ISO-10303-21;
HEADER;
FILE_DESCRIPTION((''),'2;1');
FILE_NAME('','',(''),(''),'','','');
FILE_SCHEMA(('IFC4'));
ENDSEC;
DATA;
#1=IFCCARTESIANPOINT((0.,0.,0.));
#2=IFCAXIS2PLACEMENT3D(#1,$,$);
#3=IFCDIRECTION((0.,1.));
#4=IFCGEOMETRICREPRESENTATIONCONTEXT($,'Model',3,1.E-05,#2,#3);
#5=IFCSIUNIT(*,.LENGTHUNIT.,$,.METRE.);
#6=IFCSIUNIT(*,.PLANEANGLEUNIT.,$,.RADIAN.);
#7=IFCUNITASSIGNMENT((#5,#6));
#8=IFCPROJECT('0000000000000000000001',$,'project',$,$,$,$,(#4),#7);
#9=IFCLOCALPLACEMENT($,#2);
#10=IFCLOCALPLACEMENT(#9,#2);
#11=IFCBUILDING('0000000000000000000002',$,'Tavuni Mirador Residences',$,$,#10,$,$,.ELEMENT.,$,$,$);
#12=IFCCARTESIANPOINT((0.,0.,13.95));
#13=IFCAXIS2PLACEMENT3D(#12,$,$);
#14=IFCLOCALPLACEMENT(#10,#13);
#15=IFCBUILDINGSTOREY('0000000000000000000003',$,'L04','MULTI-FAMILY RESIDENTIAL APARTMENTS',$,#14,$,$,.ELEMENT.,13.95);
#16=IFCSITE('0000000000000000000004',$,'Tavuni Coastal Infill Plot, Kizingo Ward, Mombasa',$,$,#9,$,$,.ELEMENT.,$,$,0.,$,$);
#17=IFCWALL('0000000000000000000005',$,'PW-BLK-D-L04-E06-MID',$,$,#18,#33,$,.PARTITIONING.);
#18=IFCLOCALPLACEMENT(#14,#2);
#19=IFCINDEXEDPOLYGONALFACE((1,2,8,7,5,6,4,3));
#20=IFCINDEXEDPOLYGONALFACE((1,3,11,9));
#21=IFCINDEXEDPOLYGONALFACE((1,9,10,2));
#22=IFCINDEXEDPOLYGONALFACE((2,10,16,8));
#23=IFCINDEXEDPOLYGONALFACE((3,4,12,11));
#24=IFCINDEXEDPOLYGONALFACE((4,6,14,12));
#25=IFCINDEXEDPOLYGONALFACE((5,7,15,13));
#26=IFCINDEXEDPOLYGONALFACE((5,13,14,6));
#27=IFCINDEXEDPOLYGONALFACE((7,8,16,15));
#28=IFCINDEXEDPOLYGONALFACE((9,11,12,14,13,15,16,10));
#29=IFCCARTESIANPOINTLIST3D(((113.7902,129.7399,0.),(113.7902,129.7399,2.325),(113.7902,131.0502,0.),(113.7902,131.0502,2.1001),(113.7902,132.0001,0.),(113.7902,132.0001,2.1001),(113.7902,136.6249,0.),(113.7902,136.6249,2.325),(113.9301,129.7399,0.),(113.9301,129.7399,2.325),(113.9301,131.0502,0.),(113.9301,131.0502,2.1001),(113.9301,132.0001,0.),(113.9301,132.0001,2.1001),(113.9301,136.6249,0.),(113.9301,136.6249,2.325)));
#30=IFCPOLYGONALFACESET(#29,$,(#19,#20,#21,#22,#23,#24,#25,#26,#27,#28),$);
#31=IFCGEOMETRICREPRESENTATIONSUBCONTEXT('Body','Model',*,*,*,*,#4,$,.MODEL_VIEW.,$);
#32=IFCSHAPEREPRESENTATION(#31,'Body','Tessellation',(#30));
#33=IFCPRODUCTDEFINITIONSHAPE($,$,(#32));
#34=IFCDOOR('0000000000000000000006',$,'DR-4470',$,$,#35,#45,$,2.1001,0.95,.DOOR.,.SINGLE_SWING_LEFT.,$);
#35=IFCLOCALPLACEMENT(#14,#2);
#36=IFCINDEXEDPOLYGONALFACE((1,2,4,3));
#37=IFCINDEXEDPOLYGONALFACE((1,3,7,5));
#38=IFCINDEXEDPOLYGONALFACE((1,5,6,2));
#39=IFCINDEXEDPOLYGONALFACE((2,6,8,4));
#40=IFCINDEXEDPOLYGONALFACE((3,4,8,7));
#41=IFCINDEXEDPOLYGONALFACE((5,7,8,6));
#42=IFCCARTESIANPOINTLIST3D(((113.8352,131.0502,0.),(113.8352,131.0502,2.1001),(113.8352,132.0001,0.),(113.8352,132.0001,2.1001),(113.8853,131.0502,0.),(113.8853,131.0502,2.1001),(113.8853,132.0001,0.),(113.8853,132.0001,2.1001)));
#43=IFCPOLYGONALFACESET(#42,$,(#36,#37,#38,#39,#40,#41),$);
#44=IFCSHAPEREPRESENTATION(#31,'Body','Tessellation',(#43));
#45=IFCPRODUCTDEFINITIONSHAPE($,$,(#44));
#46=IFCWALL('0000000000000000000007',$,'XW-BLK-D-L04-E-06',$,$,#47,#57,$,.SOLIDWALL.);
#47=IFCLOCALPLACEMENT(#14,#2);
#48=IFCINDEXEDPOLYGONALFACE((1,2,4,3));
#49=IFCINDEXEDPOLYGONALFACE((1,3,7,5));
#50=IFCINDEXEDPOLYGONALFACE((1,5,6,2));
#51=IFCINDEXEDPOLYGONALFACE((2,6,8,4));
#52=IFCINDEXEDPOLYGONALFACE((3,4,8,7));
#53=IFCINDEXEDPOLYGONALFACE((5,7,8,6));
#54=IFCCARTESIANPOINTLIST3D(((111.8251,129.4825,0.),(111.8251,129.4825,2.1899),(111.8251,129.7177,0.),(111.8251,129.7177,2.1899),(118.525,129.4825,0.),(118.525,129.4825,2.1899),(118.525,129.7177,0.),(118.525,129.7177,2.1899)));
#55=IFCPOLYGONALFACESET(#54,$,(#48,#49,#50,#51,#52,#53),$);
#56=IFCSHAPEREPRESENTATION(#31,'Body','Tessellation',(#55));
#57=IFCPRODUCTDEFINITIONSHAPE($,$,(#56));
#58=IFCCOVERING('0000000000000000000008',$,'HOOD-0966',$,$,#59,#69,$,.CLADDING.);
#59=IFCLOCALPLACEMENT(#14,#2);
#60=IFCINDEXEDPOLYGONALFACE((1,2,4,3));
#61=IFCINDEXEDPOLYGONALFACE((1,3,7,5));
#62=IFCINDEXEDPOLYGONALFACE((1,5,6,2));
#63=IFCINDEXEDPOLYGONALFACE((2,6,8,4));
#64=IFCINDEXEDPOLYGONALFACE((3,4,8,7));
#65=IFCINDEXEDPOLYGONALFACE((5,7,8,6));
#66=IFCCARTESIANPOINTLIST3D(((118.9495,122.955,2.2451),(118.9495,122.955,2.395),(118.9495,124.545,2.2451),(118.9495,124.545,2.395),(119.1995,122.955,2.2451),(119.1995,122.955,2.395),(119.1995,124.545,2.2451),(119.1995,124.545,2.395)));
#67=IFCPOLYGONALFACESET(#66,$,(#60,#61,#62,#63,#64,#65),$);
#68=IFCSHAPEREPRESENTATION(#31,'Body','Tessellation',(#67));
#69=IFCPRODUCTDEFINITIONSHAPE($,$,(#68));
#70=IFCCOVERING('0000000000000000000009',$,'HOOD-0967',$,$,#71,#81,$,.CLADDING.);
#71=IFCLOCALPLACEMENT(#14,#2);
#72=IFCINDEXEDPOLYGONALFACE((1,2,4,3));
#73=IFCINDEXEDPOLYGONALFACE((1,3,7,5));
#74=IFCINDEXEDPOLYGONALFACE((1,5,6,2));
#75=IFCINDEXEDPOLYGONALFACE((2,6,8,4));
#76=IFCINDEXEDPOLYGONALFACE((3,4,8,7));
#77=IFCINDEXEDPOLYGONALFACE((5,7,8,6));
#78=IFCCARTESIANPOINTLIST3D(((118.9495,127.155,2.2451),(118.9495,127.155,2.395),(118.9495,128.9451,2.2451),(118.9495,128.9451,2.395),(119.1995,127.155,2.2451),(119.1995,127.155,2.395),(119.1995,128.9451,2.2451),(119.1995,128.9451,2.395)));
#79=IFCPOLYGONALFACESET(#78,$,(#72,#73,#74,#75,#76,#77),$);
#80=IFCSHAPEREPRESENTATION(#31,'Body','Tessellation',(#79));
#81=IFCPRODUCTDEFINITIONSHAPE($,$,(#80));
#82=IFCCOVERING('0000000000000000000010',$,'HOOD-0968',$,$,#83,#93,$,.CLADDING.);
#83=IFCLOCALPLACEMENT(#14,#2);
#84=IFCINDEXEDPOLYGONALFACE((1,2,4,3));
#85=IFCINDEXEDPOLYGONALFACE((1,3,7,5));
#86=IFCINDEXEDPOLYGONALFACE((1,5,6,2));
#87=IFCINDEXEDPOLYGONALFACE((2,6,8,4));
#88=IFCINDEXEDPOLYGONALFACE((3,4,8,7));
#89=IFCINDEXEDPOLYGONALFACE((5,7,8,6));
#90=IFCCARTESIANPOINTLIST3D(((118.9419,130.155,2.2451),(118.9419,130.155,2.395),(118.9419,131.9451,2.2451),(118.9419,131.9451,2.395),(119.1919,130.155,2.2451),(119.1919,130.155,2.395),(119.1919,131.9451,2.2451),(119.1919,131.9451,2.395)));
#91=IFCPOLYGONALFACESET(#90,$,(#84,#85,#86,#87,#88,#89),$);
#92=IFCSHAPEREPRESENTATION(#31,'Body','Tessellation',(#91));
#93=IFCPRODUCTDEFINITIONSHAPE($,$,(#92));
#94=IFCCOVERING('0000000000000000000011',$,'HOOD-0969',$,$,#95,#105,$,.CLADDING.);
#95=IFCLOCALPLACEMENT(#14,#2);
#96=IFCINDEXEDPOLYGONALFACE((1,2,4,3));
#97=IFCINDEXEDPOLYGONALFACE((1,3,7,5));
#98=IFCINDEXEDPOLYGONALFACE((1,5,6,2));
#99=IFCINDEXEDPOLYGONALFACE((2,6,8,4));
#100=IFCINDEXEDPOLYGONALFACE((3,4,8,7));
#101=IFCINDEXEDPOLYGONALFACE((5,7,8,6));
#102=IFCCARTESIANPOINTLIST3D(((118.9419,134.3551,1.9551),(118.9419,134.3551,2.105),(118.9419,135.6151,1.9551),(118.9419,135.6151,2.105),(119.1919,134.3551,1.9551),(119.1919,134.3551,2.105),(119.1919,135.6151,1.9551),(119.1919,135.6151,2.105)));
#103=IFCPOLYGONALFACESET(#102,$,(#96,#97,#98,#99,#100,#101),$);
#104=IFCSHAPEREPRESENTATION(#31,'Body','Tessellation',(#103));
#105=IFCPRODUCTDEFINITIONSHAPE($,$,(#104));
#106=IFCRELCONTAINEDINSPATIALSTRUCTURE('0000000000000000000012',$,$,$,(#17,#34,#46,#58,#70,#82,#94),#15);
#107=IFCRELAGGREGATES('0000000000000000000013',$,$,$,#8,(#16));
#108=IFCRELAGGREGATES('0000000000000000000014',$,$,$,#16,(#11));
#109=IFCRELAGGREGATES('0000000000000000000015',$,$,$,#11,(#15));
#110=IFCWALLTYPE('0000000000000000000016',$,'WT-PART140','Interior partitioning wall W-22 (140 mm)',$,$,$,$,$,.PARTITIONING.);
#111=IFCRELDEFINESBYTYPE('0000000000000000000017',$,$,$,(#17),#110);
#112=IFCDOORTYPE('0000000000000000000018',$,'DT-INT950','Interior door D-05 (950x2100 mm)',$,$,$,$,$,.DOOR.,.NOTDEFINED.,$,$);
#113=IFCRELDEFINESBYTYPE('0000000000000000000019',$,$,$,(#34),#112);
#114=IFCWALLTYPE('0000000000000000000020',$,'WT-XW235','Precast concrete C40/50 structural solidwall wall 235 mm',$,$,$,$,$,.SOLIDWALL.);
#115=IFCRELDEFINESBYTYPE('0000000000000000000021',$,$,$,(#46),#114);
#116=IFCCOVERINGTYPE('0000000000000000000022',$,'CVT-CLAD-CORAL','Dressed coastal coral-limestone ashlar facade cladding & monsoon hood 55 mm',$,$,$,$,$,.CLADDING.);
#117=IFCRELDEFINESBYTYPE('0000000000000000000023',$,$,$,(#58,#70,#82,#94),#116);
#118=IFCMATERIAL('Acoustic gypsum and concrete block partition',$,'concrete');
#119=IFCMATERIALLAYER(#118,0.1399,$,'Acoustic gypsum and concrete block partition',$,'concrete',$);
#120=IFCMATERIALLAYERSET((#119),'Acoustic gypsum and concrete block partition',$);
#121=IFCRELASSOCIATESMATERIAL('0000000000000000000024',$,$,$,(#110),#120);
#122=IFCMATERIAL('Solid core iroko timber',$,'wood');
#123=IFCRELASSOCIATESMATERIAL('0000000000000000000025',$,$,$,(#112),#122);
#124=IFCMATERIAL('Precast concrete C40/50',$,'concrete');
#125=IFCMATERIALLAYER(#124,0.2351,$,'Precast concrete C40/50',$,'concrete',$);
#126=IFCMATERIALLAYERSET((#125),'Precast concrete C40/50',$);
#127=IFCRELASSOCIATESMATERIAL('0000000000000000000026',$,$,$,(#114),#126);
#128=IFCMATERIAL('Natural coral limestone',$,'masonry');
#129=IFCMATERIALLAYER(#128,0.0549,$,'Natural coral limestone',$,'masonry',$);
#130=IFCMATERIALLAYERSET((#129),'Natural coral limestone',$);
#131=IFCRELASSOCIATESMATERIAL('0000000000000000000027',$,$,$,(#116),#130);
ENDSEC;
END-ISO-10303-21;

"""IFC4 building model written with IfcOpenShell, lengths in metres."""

from ifc_helpers import new_model, si_unit, direction, frame, frame_2d, origin, origin_2d, place, context, subcontext, project, spatial, rectangle, extrude, material, layer, layer_set, type_object, element, fill, save


model = new_model("IFC4")

# Units and contexts
model_context = context("Model", 3, precision=1e-05, world=origin(), true_north=direction((0.0, 1.0)))
body_context = subcontext(model_context, "Body", "Model", "MODEL_VIEW")
ifc_project = project(units=[si_unit("LENGTHUNIT", "METRE"), si_unit("PLANEANGLEUNIT", "RADIAN")], contexts=[model_context])

# Site, building, storey
site_placement = place(None, origin())
site = spatial("IfcSite", under=ifc_project, at=site_placement, Name="Tavuni Coastal Infill Plot, Kizingo Ward, Mombasa", CompositionType="ELEMENT", RefElevation=0.0)
building_placement = place(site_placement, origin())
building = spatial("IfcBuilding", under=site, at=building_placement, Name="Tavuni Mirador Residences", CompositionType="ELEMENT")
storey_placement = place(building_placement, frame((0.0, 0.0, 13.95)))
storey = spatial("IfcBuildingStorey", under=building, at=storey_placement, Name="L04", Description="MULTI-FAMILY RESIDENTIAL APARTMENTS", CompositionType="ELEMENT", Elevation=13.95)

# Shared definitions
ifc_material_1 = material(Name="Precast concrete C40/50", Category="concrete")

# Wall, opening, door
ifc_material_2 = material(Name="Acoustic gypsum and concrete block partition", Category="concrete")
ifc_material_3 = material(Name="Solid core iroko timber", Category="wood")
ifc_layer_1 = layer(ifc_material_2, 0.1399, Name="Acoustic gypsum and concrete block partition", Category="concrete")
ifc_layer_set_1 = layer_set([ifc_layer_1], Name="Acoustic gypsum and concrete block partition")
wall_type_1 = type_object("IfcWallType", Name="WT-PART140", Description="Interior partitioning wall W-22 (140 mm)", PredefinedType="PARTITIONING", material=ifc_layer_set_1)
wall_1_placement = place(storey_placement, frame((113.8601, 129.74, 0.0), z_axis=(0.0, 0.0, 1.0), x_axis=(0.0, 1.0, 0.0)))
wall_1 = element("IfcWall", 1, at=wall_1_placement, inside=storey, type_object=wall_type_1, Name="PW-BLK-D-L04-E06-MID", PredefinedType="PARTITIONING", context=body_context, shape_type="SweptSolid", body=[
    extrude(rectangle(XDim=6.885, YDim=0.1399, at=frame_2d((3.4424, 0.0))), origin(), (0.0, 0.0, 1.0), 2.325),
])
opening_1_placement = place(wall_1_placement, frame((1.3101, 0.0, 0.0)))
opening_1 = element("IfcOpeningElement", 2, at=opening_1_placement, cuts=wall_1, PredefinedType="OPENING", context=body_context, shape_type="SweptSolid", body=[
    extrude(rectangle(XDim=0.95, YDim=2.1001, at=frame_2d((0.4751, 1.05))), frame((0.0, 0.0801, 0.0), z_axis=(0.0, -1.0, 0.0), x_axis=(1.0, 0.0, 0.0)), (0.0, 0.0, 1.0), 0.1599),
])
door_type_1 = type_object("IfcDoorType", Name="DT-INT950", Description="Interior door D-05 (950x2100 mm)", OperationType="NOTDEFINED", PredefinedType="DOOR", material=ifc_material_3)
door_1_placement = place(opening_1_placement, origin())
door_1 = element("IfcDoor", 3, at=door_1_placement, inside=storey, type_object=door_type_1, Name="DR-4470", OperationType="SINGLE_SWING_LEFT", OverallHeight=2.1001, OverallWidth=0.95, PredefinedType="DOOR", context=body_context, shape_type="SweptSolid", body=[
    extrude(rectangle(XDim=0.95, YDim=2.1001, at=frame_2d((0.4751, 1.05))), frame((0.0, 0.0249, 0.0), z_axis=(0.0, -1.0, 0.0), x_axis=(1.0, 0.0, 0.0)), (0.0, 0.0, 1.0), 0.05),
])
fill(opening_1, door_1)

# Wall
ifc_layer_2 = layer(ifc_material_1, 0.2351, Name="Precast concrete C40/50", Category="concrete")
ifc_layer_set_2 = layer_set([ifc_layer_2], Name="Precast concrete C40/50")
wall_type_2 = type_object("IfcWallType", Name="WT-XW235", Description="Precast concrete C40/50 structural solidwall wall 235 mm", PredefinedType="SOLIDWALL", material=ifc_layer_set_2)
wall_2_placement = place(storey_placement, frame((111.825, 129.6001, 0.0), z_axis=(0.0, 0.0, 1.0), x_axis=(1.0, 0.0, 0.0)))
element("IfcWall", 4, at=wall_2_placement, inside=storey, type_object=wall_type_2, Name="XW-BLK-D-L04-E-06", PredefinedType="SOLIDWALL", context=body_context, shape_type="SweptSolid", body=[
    extrude(rectangle(XDim=6.7, YDim=0.2351, at=frame_2d((3.3501, 0.0))), origin(), (0.0, 0.0, 1.0), 2.1899),
])

# Coverings
ifc_material_4 = material(Name="Natural coral limestone", Category="masonry")
ifc_layer_3 = layer(ifc_material_4, 0.0549, Name="Natural coral limestone", Category="masonry")
ifc_layer_set_3 = layer_set([ifc_layer_3], Name="Natural coral limestone")
covering_type = type_object("IfcCoveringType", Name="CVT-CLAD-CORAL", Description="Dressed coastal coral-limestone ashlar facade cladding & monsoon hood 55 mm", PredefinedType="CLADDING", material=ifc_layer_set_3)
covering_1_placement = place(storey_placement, frame((119.0745, 123.75, 2.2451), z_axis=(0.0, 0.0, 1.0), x_axis=(0.0, 1.0, 0.0)))
element("IfcCovering", 5, at=covering_1_placement, inside=storey, type_object=covering_type, Name="HOOD-0966", PredefinedType="CLADDING", context=body_context, shape_type="SweptSolid", body=[
    extrude(rectangle(XDim=1.5901, YDim=0.25, at=origin_2d()), origin(), (0.0, 0.0, 1.0), 0.1499),
])
for number, where, z_axis, x_axis, name in (
    (6, (119.0745, 128.05, 2.2451), (0.0, 0.0, 1.0), (0.0, 1.0, 0.0), "HOOD-0967"),
    (7, (119.0669, 131.05, 2.2451), (0.0, 0.0, 1.0), (0.0, 1.0, 0.0), "HOOD-0968"),
):
    element("IfcCovering", number, at=place(storey_placement, frame(where, z_axis=z_axis, x_axis=x_axis)), inside=storey, type_object=covering_type, Name=name, PredefinedType="CLADDING", context=body_context, shape_type="SweptSolid", body=[
        extrude(rectangle(XDim=1.79, YDim=0.25, at=origin_2d()), origin(), (0.0, 0.0, 1.0), 0.1499),
    ])
covering_2_placement = place(storey_placement, frame((119.0669, 134.9851, 1.9551), z_axis=(0.0, 0.0, 1.0), x_axis=(0.0, 1.0, 0.0)))
element("IfcCovering", 8, at=covering_2_placement, inside=storey, type_object=covering_type, Name="HOOD-0969", PredefinedType="CLADDING", context=body_context, shape_type="SweptSolid", body=[
    extrude(rectangle(XDim=1.26, YDim=0.25, at=origin_2d()), origin(), (0.0, 0.0, 1.0), 0.1499),
])

save(model, "model.ifc")
